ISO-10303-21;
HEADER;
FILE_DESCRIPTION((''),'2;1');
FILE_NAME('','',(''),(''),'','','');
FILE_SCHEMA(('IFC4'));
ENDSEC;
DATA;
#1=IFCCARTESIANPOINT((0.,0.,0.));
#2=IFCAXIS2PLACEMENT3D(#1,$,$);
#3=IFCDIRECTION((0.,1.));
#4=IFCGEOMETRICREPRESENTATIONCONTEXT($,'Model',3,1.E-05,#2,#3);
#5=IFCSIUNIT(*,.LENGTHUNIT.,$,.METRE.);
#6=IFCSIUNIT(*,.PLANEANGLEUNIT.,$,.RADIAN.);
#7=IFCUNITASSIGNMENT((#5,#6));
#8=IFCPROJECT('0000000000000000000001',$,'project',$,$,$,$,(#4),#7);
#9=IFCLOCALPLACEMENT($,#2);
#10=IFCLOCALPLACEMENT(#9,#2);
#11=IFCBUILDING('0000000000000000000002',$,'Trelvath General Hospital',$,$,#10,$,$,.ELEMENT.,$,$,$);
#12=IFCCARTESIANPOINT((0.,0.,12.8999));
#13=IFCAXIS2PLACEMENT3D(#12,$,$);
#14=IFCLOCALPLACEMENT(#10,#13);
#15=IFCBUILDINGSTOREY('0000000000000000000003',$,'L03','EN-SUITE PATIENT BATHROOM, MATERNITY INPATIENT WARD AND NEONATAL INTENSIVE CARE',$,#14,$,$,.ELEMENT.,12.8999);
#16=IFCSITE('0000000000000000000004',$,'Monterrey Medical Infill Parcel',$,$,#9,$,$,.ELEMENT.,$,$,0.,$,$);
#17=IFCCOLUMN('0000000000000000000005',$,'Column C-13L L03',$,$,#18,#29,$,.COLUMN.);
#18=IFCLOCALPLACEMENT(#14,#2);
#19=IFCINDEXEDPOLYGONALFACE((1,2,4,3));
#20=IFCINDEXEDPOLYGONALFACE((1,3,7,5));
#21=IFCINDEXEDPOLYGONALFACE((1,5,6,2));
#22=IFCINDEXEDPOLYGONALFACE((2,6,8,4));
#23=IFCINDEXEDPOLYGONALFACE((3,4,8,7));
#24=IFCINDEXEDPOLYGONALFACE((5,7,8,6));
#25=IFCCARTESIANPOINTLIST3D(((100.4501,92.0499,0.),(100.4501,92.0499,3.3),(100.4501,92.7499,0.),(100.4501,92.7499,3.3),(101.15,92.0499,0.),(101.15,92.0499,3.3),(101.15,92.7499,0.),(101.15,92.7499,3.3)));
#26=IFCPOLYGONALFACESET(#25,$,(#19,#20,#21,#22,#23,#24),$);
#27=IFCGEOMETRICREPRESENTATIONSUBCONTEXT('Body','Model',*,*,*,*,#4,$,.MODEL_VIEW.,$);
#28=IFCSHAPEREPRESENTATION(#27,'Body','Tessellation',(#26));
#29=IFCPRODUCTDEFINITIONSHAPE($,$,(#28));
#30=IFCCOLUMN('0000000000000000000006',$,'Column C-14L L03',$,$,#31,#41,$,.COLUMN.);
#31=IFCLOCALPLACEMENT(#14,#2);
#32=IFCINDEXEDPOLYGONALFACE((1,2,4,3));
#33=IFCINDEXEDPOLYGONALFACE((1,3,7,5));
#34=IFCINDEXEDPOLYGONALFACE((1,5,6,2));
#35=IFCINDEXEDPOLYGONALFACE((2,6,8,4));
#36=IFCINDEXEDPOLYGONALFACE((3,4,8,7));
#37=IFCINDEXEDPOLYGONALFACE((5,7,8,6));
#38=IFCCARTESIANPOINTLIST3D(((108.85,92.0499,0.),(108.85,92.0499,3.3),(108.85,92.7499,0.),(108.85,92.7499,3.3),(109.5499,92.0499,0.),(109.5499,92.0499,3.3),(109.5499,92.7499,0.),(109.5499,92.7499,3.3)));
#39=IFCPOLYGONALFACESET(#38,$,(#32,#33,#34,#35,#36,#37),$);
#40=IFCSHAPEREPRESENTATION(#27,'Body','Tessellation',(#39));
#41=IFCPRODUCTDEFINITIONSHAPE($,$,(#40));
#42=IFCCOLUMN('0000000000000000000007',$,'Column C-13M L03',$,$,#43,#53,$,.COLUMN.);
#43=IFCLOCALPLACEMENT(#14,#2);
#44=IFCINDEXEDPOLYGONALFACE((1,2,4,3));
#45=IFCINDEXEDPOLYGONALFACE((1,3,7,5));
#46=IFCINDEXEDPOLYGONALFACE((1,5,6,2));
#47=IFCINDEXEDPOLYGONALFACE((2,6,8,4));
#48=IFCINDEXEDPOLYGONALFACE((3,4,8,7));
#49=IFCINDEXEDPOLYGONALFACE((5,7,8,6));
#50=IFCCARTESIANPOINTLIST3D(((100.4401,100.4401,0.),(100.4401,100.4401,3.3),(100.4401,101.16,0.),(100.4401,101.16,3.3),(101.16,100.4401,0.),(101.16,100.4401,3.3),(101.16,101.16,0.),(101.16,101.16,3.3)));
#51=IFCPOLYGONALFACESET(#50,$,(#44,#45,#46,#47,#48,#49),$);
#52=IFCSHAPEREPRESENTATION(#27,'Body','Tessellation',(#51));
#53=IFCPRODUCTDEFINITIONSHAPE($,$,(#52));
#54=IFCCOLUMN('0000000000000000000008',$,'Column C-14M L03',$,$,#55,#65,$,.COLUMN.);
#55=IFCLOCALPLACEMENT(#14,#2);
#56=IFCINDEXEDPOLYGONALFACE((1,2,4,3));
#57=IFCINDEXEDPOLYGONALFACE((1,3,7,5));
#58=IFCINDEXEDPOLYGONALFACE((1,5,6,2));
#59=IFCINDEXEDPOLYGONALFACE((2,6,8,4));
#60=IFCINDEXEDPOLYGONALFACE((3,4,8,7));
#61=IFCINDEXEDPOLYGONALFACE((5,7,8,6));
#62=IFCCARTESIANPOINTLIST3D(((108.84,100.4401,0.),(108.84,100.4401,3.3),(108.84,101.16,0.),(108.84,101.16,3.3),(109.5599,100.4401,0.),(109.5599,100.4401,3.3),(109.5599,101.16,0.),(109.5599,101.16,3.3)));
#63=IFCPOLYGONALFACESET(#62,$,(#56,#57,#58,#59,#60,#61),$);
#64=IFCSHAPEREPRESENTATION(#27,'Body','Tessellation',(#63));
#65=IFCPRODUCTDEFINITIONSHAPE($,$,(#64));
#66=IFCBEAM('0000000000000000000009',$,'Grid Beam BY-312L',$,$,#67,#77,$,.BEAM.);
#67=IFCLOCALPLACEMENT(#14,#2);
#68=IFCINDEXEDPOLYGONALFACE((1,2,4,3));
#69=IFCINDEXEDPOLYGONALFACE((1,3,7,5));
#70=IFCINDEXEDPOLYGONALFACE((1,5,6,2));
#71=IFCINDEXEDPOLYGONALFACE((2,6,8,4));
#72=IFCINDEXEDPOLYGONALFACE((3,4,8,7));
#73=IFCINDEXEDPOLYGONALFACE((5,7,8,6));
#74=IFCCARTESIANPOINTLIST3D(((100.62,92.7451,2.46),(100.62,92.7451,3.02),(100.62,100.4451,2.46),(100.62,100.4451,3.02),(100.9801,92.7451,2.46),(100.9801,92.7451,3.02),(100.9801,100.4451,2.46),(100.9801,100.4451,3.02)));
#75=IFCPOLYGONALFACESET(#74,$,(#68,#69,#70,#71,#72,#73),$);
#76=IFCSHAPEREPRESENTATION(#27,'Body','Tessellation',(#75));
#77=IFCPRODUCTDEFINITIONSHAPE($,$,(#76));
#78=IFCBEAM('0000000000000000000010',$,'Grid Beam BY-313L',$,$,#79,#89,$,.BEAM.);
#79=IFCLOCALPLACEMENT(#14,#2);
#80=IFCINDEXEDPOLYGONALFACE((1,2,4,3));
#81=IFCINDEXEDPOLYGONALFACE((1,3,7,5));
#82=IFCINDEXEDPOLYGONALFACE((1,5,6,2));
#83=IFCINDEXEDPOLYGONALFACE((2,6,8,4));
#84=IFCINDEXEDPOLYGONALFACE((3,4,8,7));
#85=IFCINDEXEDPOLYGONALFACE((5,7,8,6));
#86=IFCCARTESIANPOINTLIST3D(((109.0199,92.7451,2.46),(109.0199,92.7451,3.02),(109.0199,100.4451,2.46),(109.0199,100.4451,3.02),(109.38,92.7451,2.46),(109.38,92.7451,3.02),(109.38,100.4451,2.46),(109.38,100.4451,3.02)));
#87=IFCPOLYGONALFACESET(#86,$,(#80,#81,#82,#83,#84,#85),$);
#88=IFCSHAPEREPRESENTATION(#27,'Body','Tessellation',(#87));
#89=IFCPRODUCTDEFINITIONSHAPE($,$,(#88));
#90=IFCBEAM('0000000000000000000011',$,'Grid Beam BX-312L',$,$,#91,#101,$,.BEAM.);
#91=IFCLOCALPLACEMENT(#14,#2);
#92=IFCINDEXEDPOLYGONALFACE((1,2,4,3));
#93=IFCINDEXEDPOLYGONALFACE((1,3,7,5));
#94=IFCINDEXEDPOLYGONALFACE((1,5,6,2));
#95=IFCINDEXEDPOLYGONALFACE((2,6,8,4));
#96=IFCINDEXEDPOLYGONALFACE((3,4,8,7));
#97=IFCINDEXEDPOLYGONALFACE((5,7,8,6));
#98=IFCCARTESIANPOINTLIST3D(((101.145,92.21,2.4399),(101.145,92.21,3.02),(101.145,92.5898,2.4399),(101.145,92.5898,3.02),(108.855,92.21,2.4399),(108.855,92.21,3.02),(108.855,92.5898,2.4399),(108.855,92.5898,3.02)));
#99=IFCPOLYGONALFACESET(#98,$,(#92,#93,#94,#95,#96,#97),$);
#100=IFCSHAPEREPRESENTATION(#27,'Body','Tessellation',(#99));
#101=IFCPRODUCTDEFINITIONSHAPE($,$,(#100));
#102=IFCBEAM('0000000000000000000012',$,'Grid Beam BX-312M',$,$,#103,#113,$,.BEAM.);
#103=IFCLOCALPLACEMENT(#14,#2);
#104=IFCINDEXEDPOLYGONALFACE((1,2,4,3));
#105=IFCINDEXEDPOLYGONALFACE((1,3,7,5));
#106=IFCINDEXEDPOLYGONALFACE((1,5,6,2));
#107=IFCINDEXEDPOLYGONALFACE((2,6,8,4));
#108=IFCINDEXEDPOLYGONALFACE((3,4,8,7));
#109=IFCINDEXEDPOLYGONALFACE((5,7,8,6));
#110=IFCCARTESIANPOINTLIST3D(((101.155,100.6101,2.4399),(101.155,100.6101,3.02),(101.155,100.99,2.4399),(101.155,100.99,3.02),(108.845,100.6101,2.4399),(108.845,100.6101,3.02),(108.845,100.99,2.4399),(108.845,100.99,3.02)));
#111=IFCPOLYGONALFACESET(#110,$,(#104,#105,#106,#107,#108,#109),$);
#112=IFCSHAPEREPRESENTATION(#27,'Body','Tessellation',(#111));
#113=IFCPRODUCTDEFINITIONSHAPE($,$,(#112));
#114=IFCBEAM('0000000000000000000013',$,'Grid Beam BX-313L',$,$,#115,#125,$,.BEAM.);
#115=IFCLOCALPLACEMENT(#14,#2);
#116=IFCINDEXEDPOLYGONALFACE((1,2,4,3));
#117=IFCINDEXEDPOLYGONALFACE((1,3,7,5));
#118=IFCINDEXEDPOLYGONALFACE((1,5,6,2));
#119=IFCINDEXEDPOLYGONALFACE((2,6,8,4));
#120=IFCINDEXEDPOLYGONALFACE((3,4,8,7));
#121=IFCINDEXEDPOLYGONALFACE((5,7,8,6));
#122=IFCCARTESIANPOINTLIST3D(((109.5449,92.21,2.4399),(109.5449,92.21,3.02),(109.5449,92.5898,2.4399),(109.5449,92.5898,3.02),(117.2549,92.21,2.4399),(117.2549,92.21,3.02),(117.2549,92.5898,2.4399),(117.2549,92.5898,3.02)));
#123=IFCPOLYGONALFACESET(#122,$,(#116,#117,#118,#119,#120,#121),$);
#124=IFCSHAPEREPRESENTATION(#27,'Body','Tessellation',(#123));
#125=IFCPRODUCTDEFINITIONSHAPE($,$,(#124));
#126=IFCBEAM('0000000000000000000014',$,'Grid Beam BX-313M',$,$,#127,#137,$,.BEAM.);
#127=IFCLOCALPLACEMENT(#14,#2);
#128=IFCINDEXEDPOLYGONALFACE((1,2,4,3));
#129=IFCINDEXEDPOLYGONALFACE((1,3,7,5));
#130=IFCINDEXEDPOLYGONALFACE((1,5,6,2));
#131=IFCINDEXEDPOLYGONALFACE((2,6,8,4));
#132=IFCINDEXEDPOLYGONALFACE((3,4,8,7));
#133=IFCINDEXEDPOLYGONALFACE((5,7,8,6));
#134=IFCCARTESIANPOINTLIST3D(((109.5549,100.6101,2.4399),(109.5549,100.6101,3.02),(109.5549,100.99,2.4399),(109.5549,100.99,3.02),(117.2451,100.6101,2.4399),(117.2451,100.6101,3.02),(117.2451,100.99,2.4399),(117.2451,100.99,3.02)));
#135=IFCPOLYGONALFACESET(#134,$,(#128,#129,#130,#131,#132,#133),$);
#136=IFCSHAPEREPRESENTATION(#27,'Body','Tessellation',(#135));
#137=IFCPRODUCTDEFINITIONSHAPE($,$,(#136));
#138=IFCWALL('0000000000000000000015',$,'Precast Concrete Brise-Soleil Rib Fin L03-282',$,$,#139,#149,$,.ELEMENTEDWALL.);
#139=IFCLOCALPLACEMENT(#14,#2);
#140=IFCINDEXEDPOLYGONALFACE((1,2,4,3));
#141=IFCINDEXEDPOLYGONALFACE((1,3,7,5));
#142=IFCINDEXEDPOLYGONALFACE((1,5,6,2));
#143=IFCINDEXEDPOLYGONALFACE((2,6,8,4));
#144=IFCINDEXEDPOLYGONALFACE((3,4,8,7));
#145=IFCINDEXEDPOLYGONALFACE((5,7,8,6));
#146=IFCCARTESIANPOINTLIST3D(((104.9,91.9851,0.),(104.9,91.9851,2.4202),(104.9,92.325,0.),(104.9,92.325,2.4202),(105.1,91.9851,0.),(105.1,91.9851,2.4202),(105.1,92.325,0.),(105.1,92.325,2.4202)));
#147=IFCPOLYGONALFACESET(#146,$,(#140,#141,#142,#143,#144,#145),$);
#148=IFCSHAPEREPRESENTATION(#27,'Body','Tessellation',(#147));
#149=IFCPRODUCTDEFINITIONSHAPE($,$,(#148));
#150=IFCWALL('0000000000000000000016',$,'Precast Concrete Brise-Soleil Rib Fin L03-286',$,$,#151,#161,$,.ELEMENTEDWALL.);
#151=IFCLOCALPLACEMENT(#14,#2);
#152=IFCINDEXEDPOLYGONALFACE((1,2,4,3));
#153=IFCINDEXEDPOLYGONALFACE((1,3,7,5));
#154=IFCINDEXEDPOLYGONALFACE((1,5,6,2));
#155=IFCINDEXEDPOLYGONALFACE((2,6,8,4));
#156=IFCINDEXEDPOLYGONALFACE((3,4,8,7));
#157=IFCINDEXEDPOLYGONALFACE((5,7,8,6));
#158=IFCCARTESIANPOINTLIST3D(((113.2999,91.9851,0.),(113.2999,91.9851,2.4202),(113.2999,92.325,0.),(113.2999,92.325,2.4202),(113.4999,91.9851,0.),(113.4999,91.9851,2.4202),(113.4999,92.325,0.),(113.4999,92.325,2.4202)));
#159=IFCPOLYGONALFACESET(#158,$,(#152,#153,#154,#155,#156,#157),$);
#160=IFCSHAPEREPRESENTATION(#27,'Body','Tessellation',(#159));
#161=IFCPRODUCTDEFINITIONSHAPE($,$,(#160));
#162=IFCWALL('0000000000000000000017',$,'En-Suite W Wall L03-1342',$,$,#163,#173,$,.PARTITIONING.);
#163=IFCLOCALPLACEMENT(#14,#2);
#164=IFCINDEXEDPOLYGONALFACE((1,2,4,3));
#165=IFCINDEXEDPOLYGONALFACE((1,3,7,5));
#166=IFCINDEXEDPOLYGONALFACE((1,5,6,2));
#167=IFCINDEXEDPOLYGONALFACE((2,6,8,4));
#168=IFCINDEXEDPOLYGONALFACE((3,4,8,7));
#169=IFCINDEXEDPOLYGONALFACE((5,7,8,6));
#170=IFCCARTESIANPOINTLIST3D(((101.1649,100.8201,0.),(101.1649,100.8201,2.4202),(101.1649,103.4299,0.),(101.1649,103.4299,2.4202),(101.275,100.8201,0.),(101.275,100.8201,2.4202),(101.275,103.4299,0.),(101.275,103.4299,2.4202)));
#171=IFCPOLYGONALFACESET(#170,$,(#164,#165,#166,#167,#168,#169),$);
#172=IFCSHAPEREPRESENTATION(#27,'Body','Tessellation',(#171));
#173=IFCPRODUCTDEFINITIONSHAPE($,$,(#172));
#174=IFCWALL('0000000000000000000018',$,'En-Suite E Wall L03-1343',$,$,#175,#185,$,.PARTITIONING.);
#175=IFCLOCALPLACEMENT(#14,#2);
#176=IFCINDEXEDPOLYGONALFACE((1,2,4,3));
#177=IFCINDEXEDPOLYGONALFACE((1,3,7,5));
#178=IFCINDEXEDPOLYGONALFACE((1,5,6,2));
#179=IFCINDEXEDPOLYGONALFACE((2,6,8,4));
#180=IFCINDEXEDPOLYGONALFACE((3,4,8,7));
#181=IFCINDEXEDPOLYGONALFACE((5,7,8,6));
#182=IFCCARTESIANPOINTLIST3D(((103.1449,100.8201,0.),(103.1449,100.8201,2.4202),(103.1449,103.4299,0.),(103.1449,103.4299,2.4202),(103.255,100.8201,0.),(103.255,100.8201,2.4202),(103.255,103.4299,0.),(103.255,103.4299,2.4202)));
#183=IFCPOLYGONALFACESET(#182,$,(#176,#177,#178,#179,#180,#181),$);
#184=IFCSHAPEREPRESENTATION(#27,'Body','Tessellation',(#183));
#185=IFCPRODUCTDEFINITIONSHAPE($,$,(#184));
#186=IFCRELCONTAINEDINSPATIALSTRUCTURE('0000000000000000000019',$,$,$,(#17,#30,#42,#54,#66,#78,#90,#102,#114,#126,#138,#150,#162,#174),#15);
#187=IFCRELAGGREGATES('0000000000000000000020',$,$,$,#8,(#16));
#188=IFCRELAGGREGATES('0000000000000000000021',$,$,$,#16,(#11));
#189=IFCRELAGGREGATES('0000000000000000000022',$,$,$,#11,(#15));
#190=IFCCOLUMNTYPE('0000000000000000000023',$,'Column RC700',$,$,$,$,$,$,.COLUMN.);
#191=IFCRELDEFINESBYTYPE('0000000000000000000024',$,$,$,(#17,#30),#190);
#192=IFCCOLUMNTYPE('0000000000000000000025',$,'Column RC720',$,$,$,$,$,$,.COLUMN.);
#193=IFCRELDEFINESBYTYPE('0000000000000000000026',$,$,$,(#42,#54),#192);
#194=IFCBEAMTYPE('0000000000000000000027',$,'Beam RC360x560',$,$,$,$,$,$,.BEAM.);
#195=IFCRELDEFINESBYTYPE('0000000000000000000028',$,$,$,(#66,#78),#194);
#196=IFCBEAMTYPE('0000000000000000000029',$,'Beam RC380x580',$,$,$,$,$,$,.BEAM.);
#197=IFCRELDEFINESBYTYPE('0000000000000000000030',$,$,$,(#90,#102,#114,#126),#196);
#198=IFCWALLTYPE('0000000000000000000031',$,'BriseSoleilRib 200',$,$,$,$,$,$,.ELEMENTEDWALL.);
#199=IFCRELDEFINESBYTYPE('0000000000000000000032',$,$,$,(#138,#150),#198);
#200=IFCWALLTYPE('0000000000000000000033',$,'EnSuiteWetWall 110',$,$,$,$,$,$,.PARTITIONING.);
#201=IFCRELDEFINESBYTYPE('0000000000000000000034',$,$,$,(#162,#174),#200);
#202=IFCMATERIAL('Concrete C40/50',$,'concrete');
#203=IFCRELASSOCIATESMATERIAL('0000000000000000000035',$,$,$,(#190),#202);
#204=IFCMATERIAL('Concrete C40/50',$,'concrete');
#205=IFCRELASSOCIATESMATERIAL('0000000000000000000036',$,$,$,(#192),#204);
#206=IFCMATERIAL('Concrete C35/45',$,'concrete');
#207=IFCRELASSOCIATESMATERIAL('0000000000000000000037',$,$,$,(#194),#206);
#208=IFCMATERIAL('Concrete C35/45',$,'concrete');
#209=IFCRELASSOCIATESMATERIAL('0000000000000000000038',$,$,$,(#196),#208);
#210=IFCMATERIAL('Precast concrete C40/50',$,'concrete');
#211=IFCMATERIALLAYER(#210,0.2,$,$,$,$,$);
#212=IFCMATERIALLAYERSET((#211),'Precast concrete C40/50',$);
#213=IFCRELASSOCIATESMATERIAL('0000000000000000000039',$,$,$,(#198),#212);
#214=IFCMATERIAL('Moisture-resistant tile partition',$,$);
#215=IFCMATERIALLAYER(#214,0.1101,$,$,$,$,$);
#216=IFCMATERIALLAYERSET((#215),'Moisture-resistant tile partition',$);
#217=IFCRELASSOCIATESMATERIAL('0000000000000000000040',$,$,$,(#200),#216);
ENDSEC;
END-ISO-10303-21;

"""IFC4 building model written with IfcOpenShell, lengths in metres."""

from ifc_helpers import new_model, si_unit, direction, frame, frame_2d, origin, origin_2d, place, context, subcontext, project, spatial, rectangle, extrude, material, layer, layer_set, material_profile, profile_set, type_object, element, save


model = new_model("IFC4")

# Units and contexts
model_context = context("Model", 3, precision=1e-05, world=origin(), true_north=direction((0.0, 1.0)))
body_context = subcontext(model_context, "Body", "Model", "MODEL_VIEW")
ifc_project = project(units=[si_unit("LENGTHUNIT", "METRE"), si_unit("PLANEANGLEUNIT", "RADIAN")], contexts=[model_context])

# Site, building, storey
site_placement = place(None, origin())
site = spatial("IfcSite", under=ifc_project, at=site_placement, Name="Monterrey Medical Infill Parcel", CompositionType="ELEMENT", RefElevation=0.0)
building_placement = place(site_placement, origin())
building = spatial("IfcBuilding", under=site, at=building_placement, Name="Trelvath General Hospital", CompositionType="ELEMENT")
storey_placement = place(building_placement, frame((0.0, 0.0, 12.8999)))
storey = spatial("IfcBuildingStorey", under=building, at=storey_placement, Name="L03", Description="EN-SUITE PATIENT BATHROOM, MATERNITY INPATIENT WARD AND NEONATAL INTENSIVE CARE", CompositionType="ELEMENT", Elevation=12.8999)

# Columns
ifc_material_1 = material(Name="Concrete C40/50", Category="concrete")
ifc_material_profile_1 = material_profile(ifc_material_1, rectangle(XDim=0.7, YDim=0.7, at=origin_2d()), Name="RC700x700")
ifc_profile_set_1 = profile_set([ifc_material_profile_1], Name="Concrete C40/50")
column_type_1 = type_object("IfcColumnType", Name="Column RC700", PredefinedType="COLUMN", material=ifc_profile_set_1)
for number, where, z_axis, x_axis, name in (
    (1, (100.8, 92.3999, 0.0), (0.0, 0.0, 1.0), (1.0, 0.0, 0.0), "Column C-13L L03"),
    (2, (109.2, 92.3999, 0.0), (0.0, 0.0, 1.0), (1.0, 0.0, 0.0), "Column C-14L L03"),
):
    element("IfcColumn", number, at=place(storey_placement, frame(where, z_axis=z_axis, x_axis=x_axis)), inside=storey, type_object=column_type_1, Name=name, PredefinedType="COLUMN", context=body_context, shape_type="SweptSolid", body=[
        extrude(rectangle(XDim=0.7, YDim=0.7, at=origin_2d()), origin(), (0.0, 0.0, 1.0), 3.3),
    ])
ifc_material_2 = material(Name="Concrete C40/50", Category="concrete")
ifc_material_profile_2 = material_profile(ifc_material_2, rectangle(XDim=0.72, YDim=0.72, at=origin_2d()), Name="RC720x720")
ifc_profile_set_2 = profile_set([ifc_material_profile_2], Name="Concrete C40/50")
column_type_2 = type_object("IfcColumnType", Name="Column RC720", PredefinedType="COLUMN", material=ifc_profile_set_2)
for number, where, z_axis, x_axis, name in (
    (3, (100.8, 100.8, 0.0), (0.0, 0.0, 1.0), (1.0, 0.0, 0.0), "Column C-13M L03"),
    (4, (109.2, 100.8, 0.0), (0.0, 0.0, 1.0), (1.0, 0.0, 0.0), "Column C-14M L03"),
):
    element("IfcColumn", number, at=place(storey_placement, frame(where, z_axis=z_axis, x_axis=x_axis)), inside=storey, type_object=column_type_2, Name=name, PredefinedType="COLUMN", context=body_context, shape_type="SweptSolid", body=[
        extrude(rectangle(XDim=0.72, YDim=0.72, at=origin_2d()), origin(), (0.0, 0.0, 1.0), 3.3),
    ])

# Beams
ifc_material_3 = material(Name="Concrete C35/45", Category="concrete")
ifc_material_profile_3 = material_profile(ifc_material_3, rectangle(XDim=0.3601, YDim=0.5601, at=origin_2d()), Name="RCB360x560")
ifc_profile_set_3 = profile_set([ifc_material_profile_3], Name="Concrete C35/45")
beam_type_1 = type_object("IfcBeamType", Name="Beam RC360x560", PredefinedType="BEAM", material=ifc_profile_set_3)
for number, where, z_axis, x_axis, name in (
    (5, (100.8, 92.7451, 2.74), (0.0, 1.0, 0.0), (-1.0, 0.0, 0.0), "Grid Beam BY-312L"),
    (6, (109.2, 92.7451, 2.74), (0.0, 1.0, 0.0), (-1.0, 0.0, 0.0), "Grid Beam BY-313L"),
):
    element("IfcBeam", number, at=place(storey_placement, frame(where, z_axis=z_axis, x_axis=x_axis)), inside=storey, type_object=beam_type_1, Name=name, PredefinedType="BEAM", context=body_context, shape_type="SweptSolid", body=[
        extrude(rectangle(XDim=0.3601, YDim=0.5601, at=origin_2d()), origin(), (0.0, 0.0, 1.0), 7.7),
    ])
ifc_material_4 = material(Name="Concrete C35/45", Category="concrete")
ifc_material_profile_4 = material_profile(ifc_material_4, rectangle(XDim=0.3799, YDim=0.5801, at=origin_2d()), Name="RCB380x580")
ifc_profile_set_4 = profile_set([ifc_material_profile_4], Name="Concrete C35/45")
beam_type_2 = type_object("IfcBeamType", Name="Beam RC380x580", PredefinedType="BEAM", material=ifc_profile_set_4)
beam_1_placement = place(storey_placement, frame((101.145, 92.3999, 2.73), z_axis=(1.0, 0.0, 0.0), x_axis=(0.0, 1.0, 0.0)))
element("IfcBeam", 7, at=beam_1_placement, inside=storey, type_object=beam_type_2, Name="Grid Beam BX-312L", PredefinedType="BEAM", context=body_context, shape_type="SweptSolid", body=[
    extrude(rectangle(XDim=0.3799, YDim=0.5801, at=origin_2d()), origin(), (0.0, 0.0, 1.0), 7.71),
])
beam_2_placement = place(storey_placement, frame((101.155, 100.8, 2.73), z_axis=(1.0, 0.0, 0.0), x_axis=(0.0, 1.0, 0.0)))
element("IfcBeam", 8, at=beam_2_placement, inside=storey, type_object=beam_type_2, Name="Grid Beam BX-312M", PredefinedType="BEAM", context=body_context, shape_type="SweptSolid", body=[
    extrude(rectangle(XDim=0.3799, YDim=0.5801, at=origin_2d()), origin(), (0.0, 0.0, 1.0), 7.6899),
])
beam_3_placement = place(storey_placement, frame((109.5449, 92.3999, 2.73), z_axis=(1.0, 0.0, 0.0), x_axis=(0.0, 1.0, 0.0)))
element("IfcBeam", 9, at=beam_3_placement, inside=storey, type_object=beam_type_2, Name="Grid Beam BX-313L", PredefinedType="BEAM", context=body_context, shape_type="SweptSolid", body=[
    extrude(rectangle(XDim=0.3799, YDim=0.5801, at=origin_2d()), origin(), (0.0, 0.0, 1.0), 7.71),
])
beam_4_placement = place(storey_placement, frame((109.5549, 100.8, 2.73), z_axis=(1.0, 0.0, 0.0), x_axis=(0.0, 1.0, 0.0)))
element("IfcBeam", 10, at=beam_4_placement, inside=storey, type_object=beam_type_2, Name="Grid Beam BX-313M", PredefinedType="BEAM", context=body_context, shape_type="SweptSolid", body=[
    extrude(rectangle(XDim=0.3799, YDim=0.5801, at=origin_2d()), origin(), (0.0, 0.0, 1.0), 7.6902),
])

# Walls
ifc_material_5 = material(Name="Precast concrete C40/50", Category="concrete")
ifc_layer_1 = layer(ifc_material_5, 0.2)
ifc_layer_set_1 = layer_set([ifc_layer_1], Name="Precast concrete C40/50")
wall_type_1 = type_object("IfcWallType", Name="BriseSoleilRib 200", PredefinedType="ELEMENTEDWALL", material=ifc_layer_set_1)
for number, where, z_axis, x_axis, name in (
    (11, (105.0, 92.325, 0.0), (0.0, 0.0, 1.0), (0.0, -1.0, 0.0), "Precast Concrete Brise-Soleil Rib Fin L03-282"),
    (12, (113.3999, 92.325, 0.0), (0.0, 0.0, 1.0), (0.0, -1.0, 0.0), "Precast Concrete Brise-Soleil Rib Fin L03-286"),
):
    element("IfcWall", number, at=place(storey_placement, frame(where, z_axis=z_axis, x_axis=x_axis)), inside=storey, type_object=wall_type_1, Name=name, PredefinedType="ELEMENTEDWALL", context=body_context, shape_type="SweptSolid", body=[
        extrude(rectangle(XDim=0.3398, YDim=0.2, at=frame_2d((0.1699, 0.0))), origin(), (0.0, 0.0, 1.0), 2.4202),
    ])
ifc_material_6 = material(Name="Moisture-resistant tile partition")
ifc_layer_2 = layer(ifc_material_6, 0.1101)
ifc_layer_set_2 = layer_set([ifc_layer_2], Name="Moisture-resistant tile partition")
wall_type_2 = type_object("IfcWallType", Name="EnSuiteWetWall 110", PredefinedType="PARTITIONING", material=ifc_layer_set_2)
for number, where, z_axis, x_axis, name in (
    (13, (101.22, 100.8201, 0.0), (0.0, 0.0, 1.0), (0.0, 1.0, 0.0), "En-Suite W Wall L03-1342"),
    (14, (103.2, 100.8201, 0.0), (0.0, 0.0, 1.0), (0.0, 1.0, 0.0), "En-Suite E Wall L03-1343"),
):
    element("IfcWall", number, at=place(storey_placement, frame(where, z_axis=z_axis, x_axis=x_axis)), inside=storey, type_object=wall_type_2, Name=name, PredefinedType="PARTITIONING", context=body_context, shape_type="SweptSolid", body=[
        extrude(rectangle(XDim=2.6099, YDim=0.1101, at=frame_2d((1.3049, 0.0))), origin(), (0.0, 0.0, 1.0), 2.4202),
    ])

save(model, "model.ifc")
